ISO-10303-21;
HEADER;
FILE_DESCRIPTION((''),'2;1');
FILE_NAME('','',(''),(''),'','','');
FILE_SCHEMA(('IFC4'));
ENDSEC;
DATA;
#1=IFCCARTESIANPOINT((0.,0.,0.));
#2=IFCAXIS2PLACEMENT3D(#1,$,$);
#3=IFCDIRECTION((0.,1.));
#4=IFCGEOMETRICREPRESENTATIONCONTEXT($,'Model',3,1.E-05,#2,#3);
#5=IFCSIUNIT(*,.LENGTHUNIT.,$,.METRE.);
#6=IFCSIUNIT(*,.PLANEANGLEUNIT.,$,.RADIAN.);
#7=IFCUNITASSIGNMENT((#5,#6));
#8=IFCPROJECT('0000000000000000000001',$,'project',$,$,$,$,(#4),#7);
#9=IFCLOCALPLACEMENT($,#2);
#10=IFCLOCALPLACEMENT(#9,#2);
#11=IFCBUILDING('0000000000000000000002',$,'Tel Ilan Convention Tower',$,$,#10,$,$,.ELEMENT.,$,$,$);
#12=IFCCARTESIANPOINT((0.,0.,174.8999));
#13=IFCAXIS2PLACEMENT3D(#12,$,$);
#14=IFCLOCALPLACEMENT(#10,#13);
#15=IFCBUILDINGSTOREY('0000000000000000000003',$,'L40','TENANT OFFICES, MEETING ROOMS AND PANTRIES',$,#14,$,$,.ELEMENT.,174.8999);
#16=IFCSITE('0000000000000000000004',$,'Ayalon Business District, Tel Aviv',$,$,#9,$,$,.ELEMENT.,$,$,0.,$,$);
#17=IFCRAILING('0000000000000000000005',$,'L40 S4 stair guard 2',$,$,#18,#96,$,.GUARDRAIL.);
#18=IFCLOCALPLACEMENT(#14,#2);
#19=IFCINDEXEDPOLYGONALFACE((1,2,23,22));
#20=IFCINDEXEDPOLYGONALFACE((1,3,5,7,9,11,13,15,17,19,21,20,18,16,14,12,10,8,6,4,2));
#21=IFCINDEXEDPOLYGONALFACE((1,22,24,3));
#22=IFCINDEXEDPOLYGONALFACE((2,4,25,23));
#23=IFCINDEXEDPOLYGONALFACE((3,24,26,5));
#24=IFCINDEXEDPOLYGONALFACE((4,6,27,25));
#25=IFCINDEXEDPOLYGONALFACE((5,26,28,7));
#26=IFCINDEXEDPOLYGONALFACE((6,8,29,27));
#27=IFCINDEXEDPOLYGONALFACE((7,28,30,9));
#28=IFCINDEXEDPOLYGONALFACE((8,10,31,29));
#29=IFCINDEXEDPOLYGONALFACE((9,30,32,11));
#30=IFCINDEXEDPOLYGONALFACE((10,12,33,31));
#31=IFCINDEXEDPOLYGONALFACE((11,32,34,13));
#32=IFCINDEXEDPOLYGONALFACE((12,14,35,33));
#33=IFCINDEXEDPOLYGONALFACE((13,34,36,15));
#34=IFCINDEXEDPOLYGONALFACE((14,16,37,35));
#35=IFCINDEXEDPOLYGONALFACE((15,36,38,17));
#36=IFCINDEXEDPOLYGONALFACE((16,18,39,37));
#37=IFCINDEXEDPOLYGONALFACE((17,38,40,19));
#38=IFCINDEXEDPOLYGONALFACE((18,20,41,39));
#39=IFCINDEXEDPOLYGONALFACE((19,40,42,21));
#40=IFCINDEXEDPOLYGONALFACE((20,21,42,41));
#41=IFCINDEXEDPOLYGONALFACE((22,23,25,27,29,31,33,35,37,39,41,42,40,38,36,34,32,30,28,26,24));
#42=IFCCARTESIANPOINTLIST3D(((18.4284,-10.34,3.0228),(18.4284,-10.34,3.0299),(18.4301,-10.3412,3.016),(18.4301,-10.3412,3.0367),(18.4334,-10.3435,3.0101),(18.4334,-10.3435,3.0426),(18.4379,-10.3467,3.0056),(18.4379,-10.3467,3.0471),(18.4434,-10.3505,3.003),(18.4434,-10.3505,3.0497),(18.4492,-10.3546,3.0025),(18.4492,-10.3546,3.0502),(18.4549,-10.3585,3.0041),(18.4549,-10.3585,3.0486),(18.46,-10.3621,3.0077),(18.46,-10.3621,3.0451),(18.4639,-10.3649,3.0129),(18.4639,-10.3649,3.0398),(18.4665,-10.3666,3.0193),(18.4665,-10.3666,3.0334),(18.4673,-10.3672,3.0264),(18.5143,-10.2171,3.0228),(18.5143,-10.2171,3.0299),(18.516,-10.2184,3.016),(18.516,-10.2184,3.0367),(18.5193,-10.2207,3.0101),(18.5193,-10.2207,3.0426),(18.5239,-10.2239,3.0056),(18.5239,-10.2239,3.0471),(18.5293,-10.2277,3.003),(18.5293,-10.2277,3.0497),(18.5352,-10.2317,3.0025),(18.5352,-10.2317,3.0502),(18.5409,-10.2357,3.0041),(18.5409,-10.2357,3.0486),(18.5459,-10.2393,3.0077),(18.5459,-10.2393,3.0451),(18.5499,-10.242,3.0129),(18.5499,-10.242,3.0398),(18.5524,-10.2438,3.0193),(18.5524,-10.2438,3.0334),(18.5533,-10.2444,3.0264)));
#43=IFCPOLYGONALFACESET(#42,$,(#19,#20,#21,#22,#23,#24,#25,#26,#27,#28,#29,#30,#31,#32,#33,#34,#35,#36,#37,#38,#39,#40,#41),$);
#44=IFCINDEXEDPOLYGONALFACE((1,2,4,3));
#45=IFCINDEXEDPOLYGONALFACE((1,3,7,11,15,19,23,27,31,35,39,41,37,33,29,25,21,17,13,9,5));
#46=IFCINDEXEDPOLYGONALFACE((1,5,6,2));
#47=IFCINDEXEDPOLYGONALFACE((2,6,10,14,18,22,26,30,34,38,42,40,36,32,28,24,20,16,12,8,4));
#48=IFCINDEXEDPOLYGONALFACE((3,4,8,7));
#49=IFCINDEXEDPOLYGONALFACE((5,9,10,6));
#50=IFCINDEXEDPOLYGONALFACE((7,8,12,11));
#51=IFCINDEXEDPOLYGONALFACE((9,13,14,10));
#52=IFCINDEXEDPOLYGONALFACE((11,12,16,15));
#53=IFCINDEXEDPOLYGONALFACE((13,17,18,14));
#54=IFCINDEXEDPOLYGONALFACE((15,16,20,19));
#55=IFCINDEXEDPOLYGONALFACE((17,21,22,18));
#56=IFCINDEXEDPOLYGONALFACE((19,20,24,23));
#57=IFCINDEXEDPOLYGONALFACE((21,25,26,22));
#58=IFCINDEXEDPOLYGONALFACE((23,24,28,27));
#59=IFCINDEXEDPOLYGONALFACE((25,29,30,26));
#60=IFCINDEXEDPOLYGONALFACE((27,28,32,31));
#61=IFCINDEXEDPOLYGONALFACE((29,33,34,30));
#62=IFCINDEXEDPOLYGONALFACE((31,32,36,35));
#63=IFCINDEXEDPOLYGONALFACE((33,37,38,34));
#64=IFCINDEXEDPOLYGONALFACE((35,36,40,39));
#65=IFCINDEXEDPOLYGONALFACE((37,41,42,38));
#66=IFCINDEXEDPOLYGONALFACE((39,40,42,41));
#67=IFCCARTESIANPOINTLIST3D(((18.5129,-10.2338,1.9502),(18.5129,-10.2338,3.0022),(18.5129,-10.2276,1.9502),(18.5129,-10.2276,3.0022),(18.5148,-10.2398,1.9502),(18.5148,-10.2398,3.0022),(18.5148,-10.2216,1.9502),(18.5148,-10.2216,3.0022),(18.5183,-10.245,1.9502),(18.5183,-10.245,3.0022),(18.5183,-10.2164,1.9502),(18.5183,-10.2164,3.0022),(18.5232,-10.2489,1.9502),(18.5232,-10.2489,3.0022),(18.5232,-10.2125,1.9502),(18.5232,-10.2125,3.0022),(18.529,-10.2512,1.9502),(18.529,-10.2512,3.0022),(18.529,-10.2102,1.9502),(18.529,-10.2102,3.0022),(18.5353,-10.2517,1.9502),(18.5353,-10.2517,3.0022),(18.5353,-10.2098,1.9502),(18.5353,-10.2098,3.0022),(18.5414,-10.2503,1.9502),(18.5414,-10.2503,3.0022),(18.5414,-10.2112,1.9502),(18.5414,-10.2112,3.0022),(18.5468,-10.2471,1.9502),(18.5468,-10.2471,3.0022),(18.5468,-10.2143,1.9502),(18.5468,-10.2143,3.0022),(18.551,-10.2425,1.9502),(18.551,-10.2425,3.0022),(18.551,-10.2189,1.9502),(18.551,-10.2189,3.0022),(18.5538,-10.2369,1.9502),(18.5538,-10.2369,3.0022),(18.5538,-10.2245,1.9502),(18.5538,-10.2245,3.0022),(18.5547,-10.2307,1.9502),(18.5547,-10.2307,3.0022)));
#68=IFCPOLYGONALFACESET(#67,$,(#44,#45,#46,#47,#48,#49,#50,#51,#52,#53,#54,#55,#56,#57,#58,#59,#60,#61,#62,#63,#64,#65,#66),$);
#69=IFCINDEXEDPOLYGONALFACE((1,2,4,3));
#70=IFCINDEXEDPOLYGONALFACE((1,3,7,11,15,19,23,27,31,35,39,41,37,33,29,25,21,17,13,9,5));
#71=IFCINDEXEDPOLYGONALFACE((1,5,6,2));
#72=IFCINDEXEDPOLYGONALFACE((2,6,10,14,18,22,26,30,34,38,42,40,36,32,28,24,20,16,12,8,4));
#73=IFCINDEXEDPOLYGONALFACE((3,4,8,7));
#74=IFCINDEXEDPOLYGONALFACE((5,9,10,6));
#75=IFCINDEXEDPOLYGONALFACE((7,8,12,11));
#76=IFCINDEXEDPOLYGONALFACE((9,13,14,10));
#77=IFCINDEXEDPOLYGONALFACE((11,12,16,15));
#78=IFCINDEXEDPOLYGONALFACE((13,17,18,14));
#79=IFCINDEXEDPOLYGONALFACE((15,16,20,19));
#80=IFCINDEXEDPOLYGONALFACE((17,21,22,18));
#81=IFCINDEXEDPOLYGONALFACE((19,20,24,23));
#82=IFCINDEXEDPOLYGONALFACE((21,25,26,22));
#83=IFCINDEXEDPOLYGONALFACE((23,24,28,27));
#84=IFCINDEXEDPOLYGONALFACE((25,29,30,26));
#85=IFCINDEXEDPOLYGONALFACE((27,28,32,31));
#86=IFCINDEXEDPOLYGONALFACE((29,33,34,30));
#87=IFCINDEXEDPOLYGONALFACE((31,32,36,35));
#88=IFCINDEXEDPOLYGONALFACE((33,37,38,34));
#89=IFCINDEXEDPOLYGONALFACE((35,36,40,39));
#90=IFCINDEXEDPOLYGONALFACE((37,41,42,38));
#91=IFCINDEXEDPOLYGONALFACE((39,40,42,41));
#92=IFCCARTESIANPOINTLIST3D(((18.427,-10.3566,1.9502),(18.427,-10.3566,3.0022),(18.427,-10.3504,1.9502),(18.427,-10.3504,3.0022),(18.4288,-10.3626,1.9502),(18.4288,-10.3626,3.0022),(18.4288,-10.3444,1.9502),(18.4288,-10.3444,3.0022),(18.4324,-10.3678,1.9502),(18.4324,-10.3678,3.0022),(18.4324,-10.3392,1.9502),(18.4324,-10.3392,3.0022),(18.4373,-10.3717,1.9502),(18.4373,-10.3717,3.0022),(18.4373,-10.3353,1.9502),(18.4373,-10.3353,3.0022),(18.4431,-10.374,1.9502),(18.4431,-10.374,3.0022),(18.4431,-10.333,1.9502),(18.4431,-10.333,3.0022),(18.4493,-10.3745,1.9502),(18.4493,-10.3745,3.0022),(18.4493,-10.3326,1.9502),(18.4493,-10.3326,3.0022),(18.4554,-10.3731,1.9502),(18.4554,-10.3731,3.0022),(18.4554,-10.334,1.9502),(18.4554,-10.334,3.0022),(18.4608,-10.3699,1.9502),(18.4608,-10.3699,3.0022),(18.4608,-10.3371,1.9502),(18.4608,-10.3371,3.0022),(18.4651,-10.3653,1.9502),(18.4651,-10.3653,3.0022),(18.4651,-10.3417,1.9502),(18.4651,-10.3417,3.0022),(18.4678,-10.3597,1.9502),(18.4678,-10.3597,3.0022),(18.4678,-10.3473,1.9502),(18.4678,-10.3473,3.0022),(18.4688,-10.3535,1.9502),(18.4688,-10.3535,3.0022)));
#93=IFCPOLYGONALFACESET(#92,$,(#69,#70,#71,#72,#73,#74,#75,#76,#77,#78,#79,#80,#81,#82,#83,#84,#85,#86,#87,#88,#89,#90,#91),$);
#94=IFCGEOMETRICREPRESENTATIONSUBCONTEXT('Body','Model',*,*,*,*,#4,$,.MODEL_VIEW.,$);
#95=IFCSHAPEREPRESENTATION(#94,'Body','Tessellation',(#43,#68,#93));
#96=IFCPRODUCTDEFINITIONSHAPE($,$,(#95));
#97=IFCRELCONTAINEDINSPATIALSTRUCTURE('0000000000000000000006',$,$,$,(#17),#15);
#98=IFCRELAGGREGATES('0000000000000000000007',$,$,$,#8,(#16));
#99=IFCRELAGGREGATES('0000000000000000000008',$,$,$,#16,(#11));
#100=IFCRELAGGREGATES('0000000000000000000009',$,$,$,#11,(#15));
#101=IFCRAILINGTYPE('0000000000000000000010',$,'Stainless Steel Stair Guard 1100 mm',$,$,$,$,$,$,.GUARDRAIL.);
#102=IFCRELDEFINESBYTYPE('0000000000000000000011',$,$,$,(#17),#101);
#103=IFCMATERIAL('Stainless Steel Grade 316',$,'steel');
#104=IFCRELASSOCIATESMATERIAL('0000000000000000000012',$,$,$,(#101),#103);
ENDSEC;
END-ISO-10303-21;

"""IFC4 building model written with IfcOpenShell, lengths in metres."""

from ifc_helpers import new_model, si_unit, direction, frame, origin, origin_2d, place, context, subcontext, project, spatial, circle, extrude, material, type_object, element, save


model = new_model("IFC4")

# Units and contexts
model_context = context("Model", 3, precision=1e-05, world=origin(), true_north=direction((0.0, 1.0)))
body_context = subcontext(model_context, "Body", "Model", "MODEL_VIEW")
ifc_project = project(units=[si_unit("LENGTHUNIT", "METRE"), si_unit("PLANEANGLEUNIT", "RADIAN")], contexts=[model_context])

# Site, building, storey
site_placement = place(None, origin())
site = spatial("IfcSite", under=ifc_project, at=site_placement, Name="Ayalon Business District, Tel Aviv", CompositionType="ELEMENT", RefElevation=0.0)
building_placement = place(site_placement, origin())
building = spatial("IfcBuilding", under=site, at=building_placement, Name="Tel Ilan Convention Tower", CompositionType="ELEMENT")
storey_placement = place(building_placement, frame((0.0, 0.0, 174.8999)))
storey = spatial("IfcBuildingStorey", under=building, at=storey_placement, Name="L40", Description="TENANT OFFICES, MEETING ROOMS AND PANTRIES", CompositionType="ELEMENT", Elevation=174.8999)

# Railing
ifc_material_1 = material(Name="Stainless Steel Grade 316", Category="steel")
railing_type_1 = type_object("IfcRailingType", Name="Stainless Steel Stair Guard 1100 mm", PredefinedType="GUARDRAIL", material=ifc_material_1)
railing_1_placement = place(storey_placement, frame((18.5337, -10.2307, 1.9502)))
element("IfcRailing", 1, at=railing_1_placement, inside=storey, type_object=railing_type_1, Name="L40 S4 stair guard 2", PredefinedType="GUARDRAIL", context=body_context, shape_type="SweptSolid", body=[
    extrude(circle(Radius=0.0239, at=origin_2d()), frame((0.0, 0.0, 1.0762), z_axis=(-0.573353, -0.819308, 0.0), x_axis=(0.819308, -0.573353, 0.0)), (0.0, 0.0, 1.0), 0.1499),
    extrude(circle(Radius=0.021, at=origin_2d()), origin(), (0.0, 0.0, 1.0), 1.052),
    extrude(circle(Radius=0.021, at=origin_2d()), frame((-0.0859, -0.1228, 0.0)), (0.0, 0.0, 1.0), 1.052),
])

save(model, "model.ifc")
